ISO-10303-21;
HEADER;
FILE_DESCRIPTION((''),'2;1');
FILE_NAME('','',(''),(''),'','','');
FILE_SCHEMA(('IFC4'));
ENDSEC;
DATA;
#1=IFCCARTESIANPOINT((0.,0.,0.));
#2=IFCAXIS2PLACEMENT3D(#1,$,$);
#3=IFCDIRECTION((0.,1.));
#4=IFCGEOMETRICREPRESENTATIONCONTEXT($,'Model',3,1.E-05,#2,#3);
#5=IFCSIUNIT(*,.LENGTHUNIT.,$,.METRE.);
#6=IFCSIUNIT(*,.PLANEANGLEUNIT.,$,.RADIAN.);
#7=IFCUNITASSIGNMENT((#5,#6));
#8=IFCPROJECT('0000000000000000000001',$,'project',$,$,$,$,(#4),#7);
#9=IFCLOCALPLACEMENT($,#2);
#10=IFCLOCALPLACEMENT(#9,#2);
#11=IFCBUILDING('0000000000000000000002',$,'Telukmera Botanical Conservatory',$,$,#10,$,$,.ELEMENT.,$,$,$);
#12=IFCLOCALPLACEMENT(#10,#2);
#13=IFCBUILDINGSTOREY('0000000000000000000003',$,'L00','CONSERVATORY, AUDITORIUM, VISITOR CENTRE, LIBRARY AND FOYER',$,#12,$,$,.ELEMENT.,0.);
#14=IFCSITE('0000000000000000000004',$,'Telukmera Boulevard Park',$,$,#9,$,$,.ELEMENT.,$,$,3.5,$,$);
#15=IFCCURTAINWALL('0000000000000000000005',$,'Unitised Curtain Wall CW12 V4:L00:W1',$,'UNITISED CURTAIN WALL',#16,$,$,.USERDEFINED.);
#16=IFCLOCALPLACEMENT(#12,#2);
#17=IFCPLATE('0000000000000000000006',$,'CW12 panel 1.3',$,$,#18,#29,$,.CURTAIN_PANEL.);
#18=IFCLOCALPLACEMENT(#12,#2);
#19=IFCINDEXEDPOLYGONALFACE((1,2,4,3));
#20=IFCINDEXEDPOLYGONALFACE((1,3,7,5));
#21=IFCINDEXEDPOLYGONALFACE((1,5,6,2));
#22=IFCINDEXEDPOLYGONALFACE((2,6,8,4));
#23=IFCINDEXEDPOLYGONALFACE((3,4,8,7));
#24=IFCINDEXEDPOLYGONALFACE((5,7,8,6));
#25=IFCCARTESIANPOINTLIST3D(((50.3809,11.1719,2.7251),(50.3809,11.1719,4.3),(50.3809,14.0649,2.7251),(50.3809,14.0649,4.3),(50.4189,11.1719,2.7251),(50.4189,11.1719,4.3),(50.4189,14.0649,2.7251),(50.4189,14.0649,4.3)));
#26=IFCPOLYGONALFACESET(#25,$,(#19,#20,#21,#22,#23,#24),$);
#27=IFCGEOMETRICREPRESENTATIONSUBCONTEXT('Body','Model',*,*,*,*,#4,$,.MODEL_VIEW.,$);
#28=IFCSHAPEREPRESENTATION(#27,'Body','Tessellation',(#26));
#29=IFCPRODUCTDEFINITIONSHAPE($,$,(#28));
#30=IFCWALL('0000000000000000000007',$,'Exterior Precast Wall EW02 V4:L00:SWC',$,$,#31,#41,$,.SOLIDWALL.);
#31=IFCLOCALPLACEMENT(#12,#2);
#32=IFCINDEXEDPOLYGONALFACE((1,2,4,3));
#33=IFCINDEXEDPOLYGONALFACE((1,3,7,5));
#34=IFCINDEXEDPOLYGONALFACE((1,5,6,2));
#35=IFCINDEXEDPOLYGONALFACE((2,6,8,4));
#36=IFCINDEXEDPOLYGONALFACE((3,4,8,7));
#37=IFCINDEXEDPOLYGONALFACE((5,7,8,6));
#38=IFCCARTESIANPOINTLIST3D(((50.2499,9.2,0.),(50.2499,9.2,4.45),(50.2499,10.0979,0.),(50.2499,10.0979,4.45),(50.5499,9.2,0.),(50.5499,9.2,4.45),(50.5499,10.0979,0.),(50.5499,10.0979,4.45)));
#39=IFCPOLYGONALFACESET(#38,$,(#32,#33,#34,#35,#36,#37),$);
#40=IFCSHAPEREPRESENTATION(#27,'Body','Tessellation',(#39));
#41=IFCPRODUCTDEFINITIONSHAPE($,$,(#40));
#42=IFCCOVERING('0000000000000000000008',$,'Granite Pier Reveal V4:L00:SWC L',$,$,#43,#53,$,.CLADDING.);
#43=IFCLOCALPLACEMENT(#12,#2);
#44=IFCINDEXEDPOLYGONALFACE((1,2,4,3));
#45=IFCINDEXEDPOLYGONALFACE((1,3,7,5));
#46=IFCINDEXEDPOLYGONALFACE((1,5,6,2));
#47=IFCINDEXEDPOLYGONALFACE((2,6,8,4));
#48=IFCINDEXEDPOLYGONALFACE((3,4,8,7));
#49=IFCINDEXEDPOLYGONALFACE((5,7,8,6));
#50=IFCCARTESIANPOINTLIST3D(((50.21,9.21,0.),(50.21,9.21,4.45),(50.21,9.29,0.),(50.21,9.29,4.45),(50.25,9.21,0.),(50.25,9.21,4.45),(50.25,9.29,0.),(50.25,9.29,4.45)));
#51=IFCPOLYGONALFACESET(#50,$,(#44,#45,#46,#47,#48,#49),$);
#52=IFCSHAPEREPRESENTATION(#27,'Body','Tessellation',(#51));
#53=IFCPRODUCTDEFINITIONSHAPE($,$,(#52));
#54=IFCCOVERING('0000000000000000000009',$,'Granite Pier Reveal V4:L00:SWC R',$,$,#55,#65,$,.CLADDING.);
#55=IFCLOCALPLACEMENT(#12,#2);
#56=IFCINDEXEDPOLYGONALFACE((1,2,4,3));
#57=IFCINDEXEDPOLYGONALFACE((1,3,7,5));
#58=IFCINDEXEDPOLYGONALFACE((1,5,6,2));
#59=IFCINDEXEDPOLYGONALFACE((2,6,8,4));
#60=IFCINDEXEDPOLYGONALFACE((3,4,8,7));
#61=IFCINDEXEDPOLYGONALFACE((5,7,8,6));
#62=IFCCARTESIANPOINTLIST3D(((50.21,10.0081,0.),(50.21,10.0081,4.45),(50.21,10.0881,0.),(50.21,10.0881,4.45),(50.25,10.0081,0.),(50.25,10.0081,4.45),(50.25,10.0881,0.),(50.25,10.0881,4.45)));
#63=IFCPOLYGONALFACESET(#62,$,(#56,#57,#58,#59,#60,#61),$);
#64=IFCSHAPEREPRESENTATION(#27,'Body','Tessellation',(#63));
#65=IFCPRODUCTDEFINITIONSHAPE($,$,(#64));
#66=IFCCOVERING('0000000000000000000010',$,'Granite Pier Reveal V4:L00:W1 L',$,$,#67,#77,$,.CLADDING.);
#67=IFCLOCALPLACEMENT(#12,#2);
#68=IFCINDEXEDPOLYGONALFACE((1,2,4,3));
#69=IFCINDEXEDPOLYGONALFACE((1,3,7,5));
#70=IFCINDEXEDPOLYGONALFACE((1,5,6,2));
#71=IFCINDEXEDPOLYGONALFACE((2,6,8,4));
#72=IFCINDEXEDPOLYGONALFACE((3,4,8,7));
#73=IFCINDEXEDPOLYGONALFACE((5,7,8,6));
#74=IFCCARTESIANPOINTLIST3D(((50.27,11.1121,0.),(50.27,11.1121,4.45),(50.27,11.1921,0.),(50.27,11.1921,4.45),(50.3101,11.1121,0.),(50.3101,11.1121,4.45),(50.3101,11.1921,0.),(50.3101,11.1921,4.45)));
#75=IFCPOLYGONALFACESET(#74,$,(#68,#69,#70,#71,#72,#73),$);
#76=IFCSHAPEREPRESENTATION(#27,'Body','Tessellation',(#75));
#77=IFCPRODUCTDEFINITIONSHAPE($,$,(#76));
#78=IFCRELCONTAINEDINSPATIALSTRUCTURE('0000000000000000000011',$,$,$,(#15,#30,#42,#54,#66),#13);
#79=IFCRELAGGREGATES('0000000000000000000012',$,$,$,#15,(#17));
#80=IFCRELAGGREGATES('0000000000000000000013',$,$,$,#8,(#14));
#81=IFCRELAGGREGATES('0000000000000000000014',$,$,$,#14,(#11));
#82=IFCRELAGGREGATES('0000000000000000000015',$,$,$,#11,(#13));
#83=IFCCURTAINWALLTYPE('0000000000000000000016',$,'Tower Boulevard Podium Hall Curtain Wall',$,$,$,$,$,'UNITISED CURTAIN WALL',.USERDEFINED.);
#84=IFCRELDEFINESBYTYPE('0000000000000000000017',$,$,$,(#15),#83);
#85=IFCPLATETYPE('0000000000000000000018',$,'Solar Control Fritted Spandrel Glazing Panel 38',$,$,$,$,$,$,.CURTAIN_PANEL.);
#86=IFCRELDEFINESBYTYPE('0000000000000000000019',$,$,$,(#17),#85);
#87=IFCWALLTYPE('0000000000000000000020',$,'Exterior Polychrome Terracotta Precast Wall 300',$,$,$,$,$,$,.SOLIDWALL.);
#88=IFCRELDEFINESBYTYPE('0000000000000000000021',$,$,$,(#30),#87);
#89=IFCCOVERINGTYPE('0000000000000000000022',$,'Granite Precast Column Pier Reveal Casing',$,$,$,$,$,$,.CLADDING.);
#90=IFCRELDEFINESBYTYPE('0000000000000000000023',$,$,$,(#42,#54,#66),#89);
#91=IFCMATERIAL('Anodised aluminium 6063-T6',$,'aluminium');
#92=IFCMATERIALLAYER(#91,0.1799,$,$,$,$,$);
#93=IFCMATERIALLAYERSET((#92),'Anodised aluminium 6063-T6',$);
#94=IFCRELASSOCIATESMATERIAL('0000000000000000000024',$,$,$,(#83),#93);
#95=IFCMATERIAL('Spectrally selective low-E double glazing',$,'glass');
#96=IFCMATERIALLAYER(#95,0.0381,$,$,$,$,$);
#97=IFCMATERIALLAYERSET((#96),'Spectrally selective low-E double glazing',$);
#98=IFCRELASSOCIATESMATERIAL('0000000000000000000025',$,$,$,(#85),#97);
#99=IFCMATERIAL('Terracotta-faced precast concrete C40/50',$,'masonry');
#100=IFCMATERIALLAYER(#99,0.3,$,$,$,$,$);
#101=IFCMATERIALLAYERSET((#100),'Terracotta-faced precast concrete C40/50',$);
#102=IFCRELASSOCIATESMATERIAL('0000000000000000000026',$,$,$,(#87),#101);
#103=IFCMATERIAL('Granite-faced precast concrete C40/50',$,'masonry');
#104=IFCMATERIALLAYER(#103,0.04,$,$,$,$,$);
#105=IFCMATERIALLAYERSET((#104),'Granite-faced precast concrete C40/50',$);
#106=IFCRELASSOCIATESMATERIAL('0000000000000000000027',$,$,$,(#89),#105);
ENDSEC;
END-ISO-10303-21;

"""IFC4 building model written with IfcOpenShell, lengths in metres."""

from ifc_helpers import new_model, si_unit, direction, frame, frame_2d, origin, origin_2d, place, context, subcontext, project, spatial, rectangle, extrude, material, layer, layer_set, type_object, element, aggregate, save


model = new_model("IFC4")

# Units and contexts
model_context = context("Model", 3, precision=1e-05, world=origin(), true_north=direction((0.0, 1.0)))
body_context = subcontext(model_context, "Body", "Model", "MODEL_VIEW")
ifc_project = project(units=[si_unit("LENGTHUNIT", "METRE"), si_unit("PLANEANGLEUNIT", "RADIAN")], contexts=[model_context])

# Site, building, storey
site_placement = place(None, origin())
site = spatial("IfcSite", under=ifc_project, at=site_placement, Name="Telukmera Boulevard Park", CompositionType="ELEMENT", RefElevation=3.5)
building_placement = place(site_placement, origin())
building = spatial("IfcBuilding", under=site, at=building_placement, Name="Telukmera Botanical Conservatory", CompositionType="ELEMENT")
storey_placement = place(building_placement, origin())
storey = spatial("IfcBuildingStorey", under=building, at=storey_placement, Name="L00", Description="CONSERVATORY, AUDITORIUM, VISITOR CENTRE, LIBRARY AND FOYER", CompositionType="ELEMENT", Elevation=0.0)

# Curtain wall, plate
ifc_material_1 = material(Name="Anodised aluminium 6063-T6", Category="aluminium")
ifc_layer_1 = layer(ifc_material_1, 0.1799)
ifc_layer_set_1 = layer_set([ifc_layer_1], Name="Anodised aluminium 6063-T6")
curtain_wall_type = type_object("IfcCurtainWallType", Name="Tower Boulevard Podium Hall Curtain Wall", ElementType="UNITISED CURTAIN WALL", PredefinedType="USERDEFINED", material=ifc_layer_set_1)
curtain_wall_placement = place(storey_placement, origin())
curtain_wall = element("IfcCurtainWall", 1, at=curtain_wall_placement, inside=storey, type_object=curtain_wall_type, Name="Unitised Curtain Wall CW12 V4:L00:W1", ObjectType="UNITISED CURTAIN WALL", PredefinedType="USERDEFINED")
ifc_material_2 = material(Name="Spectrally selective low-E double glazing", Category="glass")
ifc_layer_2 = layer(ifc_material_2, 0.0381)
ifc_layer_set_2 = layer_set([ifc_layer_2], Name="Spectrally selective low-E double glazing")
plate_type = type_object("IfcPlateType", Name="Solar Control Fritted Spandrel Glazing Panel 38", PredefinedType="CURTAIN_PANEL", material=ifc_layer_set_2)
plate_1_placement = place(storey_placement, frame((50.3999, 12.6184, 2.7251), z_axis=(0.0, 0.0, 1.0), x_axis=(0.0, 1.0, 0.0)))
plate_1 = element("IfcPlate", 2, at=plate_1_placement, type_object=plate_type, Name="CW12 panel 1.3", PredefinedType="CURTAIN_PANEL", context=body_context, shape_type="SweptSolid", body=[
    extrude(rectangle(XDim=2.8931, YDim=0.0381, at=origin_2d()), origin(), (0.0, 0.0, 1.0), 1.575),
])
aggregate(curtain_wall, [plate_1])

# Wall
ifc_material_3 = material(Name="Terracotta-faced precast concrete C40/50", Category="masonry")
ifc_layer_3 = layer(ifc_material_3, 0.3)
ifc_layer_set_3 = layer_set([ifc_layer_3], Name="Terracotta-faced precast concrete C40/50")
wall_type = type_object("IfcWallType", Name="Exterior Polychrome Terracotta Precast Wall 300", PredefinedType="SOLIDWALL", material=ifc_layer_set_3)
wall_placement = place(storey_placement, frame((50.3999, 9.2, 0.0), z_axis=(0.0, 0.0, 1.0), x_axis=(0.0, 1.0, 0.0)))
element("IfcWall", 3, at=wall_placement, inside=storey, type_object=wall_type, Name="Exterior Precast Wall EW02 V4:L00:SWC", PredefinedType="SOLIDWALL", context=body_context, shape_type="SweptSolid", body=[
    extrude(rectangle(XDim=0.8979, YDim=0.3, at=frame_2d((0.449, 0.0))), origin(), (0.0, 0.0, 1.0), 4.45),
])

# Coverings
ifc_material_4 = material(Name="Granite-faced precast concrete C40/50", Category="masonry")
ifc_layer_4 = layer(ifc_material_4, 0.04)
ifc_layer_set_4 = layer_set([ifc_layer_4], Name="Granite-faced precast concrete C40/50")
covering_type = type_object("IfcCoveringType", Name="Granite Precast Column Pier Reveal Casing", PredefinedType="CLADDING", material=ifc_layer_set_4)
for number, where, z_axis, x_axis, name in (
    (4, (50.23, 9.25, 0.0), (0.0, 0.0, 1.0), (0.0, 1.0, 0.0), "Granite Pier Reveal V4:L00:SWC L"),
    (5, (50.23, 10.0481, 0.0), (0.0, 0.0, 1.0), (0.0, 1.0, 0.0), "Granite Pier Reveal V4:L00:SWC R"),
    (6, (50.29, 11.1521, 0.0), (0.0, 0.0, 1.0), (0.0, 1.0, 0.0), "Granite Pier Reveal V4:L00:W1 L"),
):
    element("IfcCovering", number, at=place(storey_placement, frame(where, z_axis=z_axis, x_axis=x_axis)), inside=storey, type_object=covering_type, Name=name, PredefinedType="CLADDING", context=body_context, shape_type="SweptSolid", body=[
        extrude(rectangle(XDim=0.0801, YDim=0.04, at=origin_2d()), origin(), (0.0, 0.0, 1.0), 4.45),
    ])

save(model, "model.ifc")
